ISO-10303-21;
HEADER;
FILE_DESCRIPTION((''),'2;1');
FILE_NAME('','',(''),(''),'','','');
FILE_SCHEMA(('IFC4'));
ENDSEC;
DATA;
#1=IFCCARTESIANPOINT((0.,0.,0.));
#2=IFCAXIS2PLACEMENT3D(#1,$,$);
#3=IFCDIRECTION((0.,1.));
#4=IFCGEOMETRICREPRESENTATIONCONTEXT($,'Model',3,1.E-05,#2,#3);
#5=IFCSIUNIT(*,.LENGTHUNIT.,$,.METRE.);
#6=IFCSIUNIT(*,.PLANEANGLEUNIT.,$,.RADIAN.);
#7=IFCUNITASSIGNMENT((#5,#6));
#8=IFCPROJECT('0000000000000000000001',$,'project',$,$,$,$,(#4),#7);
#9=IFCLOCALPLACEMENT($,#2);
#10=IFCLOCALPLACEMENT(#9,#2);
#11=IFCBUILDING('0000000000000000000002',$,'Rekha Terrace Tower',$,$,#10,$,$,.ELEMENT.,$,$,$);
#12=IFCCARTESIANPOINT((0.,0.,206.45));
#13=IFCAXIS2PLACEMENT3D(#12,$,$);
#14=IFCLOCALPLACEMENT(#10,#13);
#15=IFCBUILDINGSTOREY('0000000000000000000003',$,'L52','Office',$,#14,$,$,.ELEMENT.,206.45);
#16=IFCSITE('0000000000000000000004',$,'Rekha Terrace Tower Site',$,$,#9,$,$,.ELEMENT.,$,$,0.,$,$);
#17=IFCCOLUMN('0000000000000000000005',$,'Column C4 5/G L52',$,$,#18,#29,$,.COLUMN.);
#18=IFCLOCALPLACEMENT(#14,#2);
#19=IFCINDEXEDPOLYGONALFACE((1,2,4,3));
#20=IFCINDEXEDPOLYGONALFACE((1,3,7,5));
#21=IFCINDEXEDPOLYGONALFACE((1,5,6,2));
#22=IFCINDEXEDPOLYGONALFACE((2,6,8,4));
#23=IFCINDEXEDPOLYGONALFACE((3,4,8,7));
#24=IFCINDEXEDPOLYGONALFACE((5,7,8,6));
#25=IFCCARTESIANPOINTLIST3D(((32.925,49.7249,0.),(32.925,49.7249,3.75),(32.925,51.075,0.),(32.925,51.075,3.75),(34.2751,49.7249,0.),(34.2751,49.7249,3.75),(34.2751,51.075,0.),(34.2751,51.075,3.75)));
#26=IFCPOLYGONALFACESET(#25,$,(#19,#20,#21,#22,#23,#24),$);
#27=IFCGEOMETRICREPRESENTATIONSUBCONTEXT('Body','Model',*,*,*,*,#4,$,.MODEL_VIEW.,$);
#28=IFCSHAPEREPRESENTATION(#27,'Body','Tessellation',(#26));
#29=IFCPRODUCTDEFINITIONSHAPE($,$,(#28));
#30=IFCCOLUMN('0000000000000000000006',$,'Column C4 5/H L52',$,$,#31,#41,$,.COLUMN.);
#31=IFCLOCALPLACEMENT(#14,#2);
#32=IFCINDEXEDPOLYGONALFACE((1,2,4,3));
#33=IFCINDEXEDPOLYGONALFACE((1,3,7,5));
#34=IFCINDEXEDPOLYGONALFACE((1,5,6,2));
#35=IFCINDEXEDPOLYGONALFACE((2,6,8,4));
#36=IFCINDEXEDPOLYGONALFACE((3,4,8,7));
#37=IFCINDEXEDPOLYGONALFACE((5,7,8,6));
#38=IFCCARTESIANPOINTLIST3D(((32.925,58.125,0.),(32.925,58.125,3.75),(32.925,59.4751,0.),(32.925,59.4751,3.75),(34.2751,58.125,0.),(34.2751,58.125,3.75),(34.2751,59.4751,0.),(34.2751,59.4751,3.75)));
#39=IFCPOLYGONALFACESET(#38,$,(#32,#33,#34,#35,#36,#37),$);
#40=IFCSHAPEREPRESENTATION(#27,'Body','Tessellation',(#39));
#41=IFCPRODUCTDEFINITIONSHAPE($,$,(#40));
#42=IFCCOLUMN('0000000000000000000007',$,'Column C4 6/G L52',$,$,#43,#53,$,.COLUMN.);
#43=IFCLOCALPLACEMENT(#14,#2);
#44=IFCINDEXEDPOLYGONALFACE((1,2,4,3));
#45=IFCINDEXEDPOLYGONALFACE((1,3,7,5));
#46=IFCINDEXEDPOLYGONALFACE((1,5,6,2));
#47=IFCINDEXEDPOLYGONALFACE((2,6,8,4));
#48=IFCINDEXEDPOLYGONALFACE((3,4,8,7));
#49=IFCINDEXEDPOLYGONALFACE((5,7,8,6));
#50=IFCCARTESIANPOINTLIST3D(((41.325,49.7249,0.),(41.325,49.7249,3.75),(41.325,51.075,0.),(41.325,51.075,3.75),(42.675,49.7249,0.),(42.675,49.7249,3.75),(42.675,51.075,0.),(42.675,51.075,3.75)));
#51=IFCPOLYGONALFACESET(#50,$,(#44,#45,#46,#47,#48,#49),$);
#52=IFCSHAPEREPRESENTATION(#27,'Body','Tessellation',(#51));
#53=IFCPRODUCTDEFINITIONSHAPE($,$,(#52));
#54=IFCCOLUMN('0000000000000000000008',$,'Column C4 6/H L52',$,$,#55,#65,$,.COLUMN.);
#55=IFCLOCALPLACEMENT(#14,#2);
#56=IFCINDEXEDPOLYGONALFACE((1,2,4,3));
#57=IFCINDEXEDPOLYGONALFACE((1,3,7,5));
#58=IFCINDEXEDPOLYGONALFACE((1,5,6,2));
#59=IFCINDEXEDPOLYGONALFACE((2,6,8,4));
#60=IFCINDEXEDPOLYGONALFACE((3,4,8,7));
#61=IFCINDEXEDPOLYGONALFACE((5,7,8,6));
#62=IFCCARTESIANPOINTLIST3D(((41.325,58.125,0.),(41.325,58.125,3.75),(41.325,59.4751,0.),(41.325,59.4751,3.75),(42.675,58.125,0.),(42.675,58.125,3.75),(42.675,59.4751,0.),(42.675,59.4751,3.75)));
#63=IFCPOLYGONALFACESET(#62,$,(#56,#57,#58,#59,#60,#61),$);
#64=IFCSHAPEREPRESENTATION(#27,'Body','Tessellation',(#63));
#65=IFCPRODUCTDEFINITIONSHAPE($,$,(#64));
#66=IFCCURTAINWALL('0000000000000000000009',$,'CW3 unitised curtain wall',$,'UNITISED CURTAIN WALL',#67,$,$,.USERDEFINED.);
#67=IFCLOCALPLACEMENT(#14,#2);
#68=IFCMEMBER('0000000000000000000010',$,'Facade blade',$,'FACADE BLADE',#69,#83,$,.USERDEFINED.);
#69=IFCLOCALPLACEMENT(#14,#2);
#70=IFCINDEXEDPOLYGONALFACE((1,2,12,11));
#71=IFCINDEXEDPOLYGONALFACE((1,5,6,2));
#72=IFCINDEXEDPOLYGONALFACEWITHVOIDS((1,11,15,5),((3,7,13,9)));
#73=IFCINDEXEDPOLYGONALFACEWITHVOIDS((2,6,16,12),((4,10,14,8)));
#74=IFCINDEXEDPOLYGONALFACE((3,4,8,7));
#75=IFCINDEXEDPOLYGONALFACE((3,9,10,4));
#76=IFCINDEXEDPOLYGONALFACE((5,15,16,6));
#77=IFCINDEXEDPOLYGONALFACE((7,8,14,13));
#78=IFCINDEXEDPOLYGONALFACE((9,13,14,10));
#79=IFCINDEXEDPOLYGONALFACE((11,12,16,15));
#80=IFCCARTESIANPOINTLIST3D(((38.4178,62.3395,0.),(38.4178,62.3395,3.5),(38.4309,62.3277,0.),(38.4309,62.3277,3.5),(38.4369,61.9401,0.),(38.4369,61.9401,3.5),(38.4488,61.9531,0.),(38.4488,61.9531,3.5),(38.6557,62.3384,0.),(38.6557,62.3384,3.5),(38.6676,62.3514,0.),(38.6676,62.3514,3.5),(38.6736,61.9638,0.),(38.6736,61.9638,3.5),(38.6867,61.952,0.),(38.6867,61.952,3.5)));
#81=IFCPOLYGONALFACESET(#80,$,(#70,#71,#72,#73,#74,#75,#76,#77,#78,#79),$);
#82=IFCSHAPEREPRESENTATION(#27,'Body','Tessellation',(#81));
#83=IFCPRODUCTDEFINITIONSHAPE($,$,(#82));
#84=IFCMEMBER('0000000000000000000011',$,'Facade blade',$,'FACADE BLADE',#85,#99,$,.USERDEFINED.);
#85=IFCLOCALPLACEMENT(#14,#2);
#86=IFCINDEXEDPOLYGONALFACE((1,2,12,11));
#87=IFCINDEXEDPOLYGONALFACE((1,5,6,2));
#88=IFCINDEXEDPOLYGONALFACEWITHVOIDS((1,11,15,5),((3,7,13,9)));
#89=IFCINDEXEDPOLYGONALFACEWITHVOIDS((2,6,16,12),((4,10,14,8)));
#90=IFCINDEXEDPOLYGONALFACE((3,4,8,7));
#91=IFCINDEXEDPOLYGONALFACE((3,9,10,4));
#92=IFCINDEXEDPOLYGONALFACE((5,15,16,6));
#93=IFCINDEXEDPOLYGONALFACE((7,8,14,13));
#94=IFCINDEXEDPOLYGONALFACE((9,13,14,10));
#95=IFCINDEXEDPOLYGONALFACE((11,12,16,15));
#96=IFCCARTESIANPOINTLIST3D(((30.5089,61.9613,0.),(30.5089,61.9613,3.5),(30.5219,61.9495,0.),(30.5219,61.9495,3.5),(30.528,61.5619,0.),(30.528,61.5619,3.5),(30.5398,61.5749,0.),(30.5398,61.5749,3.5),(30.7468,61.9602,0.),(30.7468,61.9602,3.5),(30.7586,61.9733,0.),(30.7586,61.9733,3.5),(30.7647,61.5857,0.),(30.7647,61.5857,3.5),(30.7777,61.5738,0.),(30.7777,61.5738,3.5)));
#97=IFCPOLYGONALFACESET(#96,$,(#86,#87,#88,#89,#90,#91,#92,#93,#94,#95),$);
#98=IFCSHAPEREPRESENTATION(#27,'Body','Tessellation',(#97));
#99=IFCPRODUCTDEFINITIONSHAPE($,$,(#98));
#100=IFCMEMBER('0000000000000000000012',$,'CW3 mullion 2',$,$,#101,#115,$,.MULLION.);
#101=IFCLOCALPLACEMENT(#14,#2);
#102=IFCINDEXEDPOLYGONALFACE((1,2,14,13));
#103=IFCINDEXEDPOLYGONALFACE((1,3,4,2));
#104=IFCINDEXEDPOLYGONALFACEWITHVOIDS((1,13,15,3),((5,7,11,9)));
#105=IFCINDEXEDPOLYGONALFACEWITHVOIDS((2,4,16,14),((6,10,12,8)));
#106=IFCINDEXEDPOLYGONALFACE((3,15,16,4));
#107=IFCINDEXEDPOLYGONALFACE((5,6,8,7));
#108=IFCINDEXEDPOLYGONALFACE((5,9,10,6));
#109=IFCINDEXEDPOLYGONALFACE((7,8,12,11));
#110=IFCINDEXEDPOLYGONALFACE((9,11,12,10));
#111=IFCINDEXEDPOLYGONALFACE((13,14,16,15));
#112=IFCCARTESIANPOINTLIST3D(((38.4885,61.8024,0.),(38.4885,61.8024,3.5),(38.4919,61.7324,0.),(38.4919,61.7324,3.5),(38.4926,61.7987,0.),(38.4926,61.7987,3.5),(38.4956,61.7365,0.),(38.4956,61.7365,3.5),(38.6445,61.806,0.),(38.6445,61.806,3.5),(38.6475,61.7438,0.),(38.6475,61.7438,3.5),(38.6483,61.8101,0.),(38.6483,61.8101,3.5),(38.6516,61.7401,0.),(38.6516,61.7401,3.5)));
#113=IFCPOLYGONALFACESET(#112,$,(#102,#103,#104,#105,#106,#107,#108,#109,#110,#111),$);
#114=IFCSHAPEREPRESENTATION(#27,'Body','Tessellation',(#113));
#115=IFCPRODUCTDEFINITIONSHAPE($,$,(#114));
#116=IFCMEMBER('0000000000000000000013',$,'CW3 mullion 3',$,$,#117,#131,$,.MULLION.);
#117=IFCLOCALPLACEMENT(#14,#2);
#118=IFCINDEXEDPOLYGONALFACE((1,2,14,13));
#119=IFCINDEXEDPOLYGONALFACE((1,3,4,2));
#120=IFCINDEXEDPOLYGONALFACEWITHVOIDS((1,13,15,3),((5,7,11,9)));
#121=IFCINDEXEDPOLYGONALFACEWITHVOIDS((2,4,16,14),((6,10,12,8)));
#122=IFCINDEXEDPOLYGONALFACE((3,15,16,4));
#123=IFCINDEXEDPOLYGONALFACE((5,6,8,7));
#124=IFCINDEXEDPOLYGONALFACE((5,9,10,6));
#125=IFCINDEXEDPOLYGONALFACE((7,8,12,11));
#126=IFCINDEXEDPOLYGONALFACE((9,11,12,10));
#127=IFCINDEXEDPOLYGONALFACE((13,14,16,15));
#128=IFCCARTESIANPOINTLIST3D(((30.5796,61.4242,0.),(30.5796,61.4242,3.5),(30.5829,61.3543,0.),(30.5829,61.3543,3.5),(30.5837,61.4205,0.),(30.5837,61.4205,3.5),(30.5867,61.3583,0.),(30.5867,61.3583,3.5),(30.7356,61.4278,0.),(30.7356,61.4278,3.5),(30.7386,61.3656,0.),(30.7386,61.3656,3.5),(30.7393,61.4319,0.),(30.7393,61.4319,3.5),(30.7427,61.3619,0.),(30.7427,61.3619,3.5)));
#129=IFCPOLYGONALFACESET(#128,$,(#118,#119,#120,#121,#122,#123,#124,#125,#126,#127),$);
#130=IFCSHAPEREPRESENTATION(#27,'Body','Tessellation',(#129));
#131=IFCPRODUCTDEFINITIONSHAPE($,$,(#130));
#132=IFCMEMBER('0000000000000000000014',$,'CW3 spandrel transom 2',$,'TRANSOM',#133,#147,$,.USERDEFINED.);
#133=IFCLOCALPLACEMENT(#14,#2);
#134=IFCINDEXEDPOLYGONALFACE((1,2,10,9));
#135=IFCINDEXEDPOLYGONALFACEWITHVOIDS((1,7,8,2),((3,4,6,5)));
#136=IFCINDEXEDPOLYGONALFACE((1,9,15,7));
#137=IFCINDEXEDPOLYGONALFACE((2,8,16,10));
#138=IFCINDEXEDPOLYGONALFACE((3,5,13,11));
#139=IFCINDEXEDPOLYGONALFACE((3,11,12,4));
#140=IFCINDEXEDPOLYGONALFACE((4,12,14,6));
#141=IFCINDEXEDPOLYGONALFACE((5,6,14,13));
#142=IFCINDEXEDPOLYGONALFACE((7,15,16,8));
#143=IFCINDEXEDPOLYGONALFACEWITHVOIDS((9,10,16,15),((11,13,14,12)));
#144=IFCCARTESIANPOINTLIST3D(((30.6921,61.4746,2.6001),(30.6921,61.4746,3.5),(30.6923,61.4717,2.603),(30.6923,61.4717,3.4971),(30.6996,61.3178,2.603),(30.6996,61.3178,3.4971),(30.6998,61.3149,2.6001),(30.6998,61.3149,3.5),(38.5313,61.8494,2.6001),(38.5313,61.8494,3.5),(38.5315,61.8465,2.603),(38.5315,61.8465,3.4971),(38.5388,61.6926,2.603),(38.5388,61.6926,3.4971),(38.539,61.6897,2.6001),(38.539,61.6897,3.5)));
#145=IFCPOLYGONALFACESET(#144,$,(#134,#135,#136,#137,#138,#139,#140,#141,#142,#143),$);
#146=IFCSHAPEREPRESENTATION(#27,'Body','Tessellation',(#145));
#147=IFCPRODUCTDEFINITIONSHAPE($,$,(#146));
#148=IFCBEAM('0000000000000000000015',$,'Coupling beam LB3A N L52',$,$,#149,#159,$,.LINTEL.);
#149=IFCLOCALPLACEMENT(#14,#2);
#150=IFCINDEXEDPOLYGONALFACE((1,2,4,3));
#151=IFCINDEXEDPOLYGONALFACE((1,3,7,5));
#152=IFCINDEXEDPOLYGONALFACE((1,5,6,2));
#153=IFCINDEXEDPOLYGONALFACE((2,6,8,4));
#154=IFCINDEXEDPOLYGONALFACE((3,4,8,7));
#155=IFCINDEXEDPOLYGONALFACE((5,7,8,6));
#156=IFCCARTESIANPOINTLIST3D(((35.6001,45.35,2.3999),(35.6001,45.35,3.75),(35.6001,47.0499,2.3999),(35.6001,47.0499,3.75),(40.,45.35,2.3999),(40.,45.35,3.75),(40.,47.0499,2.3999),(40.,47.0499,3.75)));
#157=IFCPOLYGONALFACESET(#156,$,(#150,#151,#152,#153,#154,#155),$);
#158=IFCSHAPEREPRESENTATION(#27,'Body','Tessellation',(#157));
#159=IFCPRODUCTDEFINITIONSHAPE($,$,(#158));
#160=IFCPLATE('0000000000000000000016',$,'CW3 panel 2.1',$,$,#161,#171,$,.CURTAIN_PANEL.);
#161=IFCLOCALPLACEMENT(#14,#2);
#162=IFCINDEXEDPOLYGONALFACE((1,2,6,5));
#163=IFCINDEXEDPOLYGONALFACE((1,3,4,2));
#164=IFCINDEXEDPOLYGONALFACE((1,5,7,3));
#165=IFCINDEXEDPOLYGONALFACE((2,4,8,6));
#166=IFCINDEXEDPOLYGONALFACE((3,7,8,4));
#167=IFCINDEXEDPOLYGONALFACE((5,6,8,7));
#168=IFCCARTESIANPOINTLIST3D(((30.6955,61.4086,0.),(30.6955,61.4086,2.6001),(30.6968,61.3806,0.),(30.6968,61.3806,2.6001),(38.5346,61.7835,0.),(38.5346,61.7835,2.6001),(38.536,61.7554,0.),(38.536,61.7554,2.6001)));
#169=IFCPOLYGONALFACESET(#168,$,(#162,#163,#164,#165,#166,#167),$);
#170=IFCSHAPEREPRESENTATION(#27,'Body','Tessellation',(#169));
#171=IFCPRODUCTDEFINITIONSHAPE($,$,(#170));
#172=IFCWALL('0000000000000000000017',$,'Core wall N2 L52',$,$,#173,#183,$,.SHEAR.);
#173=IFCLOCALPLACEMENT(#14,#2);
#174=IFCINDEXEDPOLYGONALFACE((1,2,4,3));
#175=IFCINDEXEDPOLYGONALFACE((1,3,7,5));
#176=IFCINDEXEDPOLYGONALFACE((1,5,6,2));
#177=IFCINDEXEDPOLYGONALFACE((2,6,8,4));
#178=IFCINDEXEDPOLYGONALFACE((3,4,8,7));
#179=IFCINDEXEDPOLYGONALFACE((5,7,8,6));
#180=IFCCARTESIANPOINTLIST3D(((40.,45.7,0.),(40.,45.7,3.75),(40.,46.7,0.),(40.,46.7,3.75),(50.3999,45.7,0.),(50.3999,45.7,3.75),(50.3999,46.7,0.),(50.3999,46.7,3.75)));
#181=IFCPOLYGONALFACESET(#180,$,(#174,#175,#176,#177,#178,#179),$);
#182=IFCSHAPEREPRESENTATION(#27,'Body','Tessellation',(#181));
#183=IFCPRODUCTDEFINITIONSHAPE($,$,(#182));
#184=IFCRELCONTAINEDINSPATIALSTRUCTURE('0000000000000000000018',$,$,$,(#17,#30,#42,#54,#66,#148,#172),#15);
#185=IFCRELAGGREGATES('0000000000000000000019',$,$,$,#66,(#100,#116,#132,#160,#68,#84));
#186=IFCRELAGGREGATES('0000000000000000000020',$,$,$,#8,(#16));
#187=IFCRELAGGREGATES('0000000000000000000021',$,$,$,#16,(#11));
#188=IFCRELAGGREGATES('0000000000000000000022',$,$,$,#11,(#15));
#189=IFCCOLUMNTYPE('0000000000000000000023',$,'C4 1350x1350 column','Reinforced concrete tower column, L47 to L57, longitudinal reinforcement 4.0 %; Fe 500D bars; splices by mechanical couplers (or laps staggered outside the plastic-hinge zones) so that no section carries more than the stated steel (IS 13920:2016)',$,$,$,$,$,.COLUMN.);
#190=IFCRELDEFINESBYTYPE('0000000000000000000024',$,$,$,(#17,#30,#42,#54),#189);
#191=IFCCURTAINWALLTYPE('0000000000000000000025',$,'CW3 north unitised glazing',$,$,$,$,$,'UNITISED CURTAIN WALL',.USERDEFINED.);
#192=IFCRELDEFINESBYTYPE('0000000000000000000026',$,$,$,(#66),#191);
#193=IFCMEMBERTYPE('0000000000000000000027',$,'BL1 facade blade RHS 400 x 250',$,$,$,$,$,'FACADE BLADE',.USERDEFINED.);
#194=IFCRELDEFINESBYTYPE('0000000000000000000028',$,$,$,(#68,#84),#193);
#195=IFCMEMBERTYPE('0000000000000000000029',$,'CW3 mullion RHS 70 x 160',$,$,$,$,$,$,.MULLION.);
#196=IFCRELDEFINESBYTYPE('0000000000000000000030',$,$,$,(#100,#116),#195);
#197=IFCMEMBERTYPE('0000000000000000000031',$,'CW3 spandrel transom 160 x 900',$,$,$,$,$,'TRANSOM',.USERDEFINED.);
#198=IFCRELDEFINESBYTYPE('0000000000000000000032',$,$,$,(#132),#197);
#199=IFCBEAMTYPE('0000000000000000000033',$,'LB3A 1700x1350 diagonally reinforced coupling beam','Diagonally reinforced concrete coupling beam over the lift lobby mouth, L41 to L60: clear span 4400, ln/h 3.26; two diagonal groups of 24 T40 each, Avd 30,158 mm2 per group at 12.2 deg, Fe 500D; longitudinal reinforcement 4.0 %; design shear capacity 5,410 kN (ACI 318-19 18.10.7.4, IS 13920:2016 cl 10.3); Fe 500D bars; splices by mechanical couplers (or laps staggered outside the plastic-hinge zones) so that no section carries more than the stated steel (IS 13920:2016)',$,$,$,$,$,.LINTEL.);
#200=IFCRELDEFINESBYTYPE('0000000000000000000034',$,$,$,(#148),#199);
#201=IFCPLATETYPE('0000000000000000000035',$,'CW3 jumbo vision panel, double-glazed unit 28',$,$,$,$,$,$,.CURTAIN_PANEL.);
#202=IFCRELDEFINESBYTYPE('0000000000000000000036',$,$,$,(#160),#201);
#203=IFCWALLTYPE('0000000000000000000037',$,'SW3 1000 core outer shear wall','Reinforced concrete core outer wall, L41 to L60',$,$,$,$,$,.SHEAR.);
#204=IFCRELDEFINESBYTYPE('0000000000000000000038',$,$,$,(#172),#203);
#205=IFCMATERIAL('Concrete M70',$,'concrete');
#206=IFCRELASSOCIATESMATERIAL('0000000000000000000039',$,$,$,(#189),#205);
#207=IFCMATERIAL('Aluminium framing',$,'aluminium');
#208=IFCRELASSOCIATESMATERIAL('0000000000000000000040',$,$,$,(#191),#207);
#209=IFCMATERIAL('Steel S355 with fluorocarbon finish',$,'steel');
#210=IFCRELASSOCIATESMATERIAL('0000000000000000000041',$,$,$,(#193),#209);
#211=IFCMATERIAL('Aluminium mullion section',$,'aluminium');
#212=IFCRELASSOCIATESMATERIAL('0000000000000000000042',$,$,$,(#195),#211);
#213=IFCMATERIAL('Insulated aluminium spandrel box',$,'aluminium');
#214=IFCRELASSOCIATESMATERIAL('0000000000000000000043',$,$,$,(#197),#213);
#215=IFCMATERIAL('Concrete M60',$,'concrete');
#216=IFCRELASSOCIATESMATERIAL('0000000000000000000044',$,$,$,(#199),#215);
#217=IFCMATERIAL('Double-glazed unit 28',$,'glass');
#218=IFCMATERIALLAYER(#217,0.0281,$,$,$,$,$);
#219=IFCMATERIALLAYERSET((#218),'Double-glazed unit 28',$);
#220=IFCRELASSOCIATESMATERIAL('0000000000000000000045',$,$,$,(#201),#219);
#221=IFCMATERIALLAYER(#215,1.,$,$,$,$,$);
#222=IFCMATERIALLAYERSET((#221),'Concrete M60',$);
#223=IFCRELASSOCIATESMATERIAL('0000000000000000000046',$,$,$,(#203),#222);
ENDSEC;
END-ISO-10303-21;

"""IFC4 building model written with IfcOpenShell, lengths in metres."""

from ifc_helpers import new_model, si_unit, direction, frame, frame_2d, origin, origin_2d, place, context, subcontext, project, spatial, rectangle, hollow_rectangle, extrude, material, layer, layer_set, material_profile, profile_set, type_object, element, aggregate, save


model = new_model("IFC4")

# Units and contexts
model_context = context("Model", 3, precision=1e-05, world=origin(), true_north=direction((0.0, 1.0)))
body_context = subcontext(model_context, "Body", "Model", "MODEL_VIEW")
ifc_project = project(units=[si_unit("LENGTHUNIT", "METRE"), si_unit("PLANEANGLEUNIT", "RADIAN")], contexts=[model_context])

# Site, building, storey
site_placement = place(None, origin())
site = spatial("IfcSite", under=ifc_project, at=site_placement, Name="Rekha Terrace Tower Site", CompositionType="ELEMENT", RefElevation=0.0)
building_placement = place(site_placement, origin())
building = spatial("IfcBuilding", under=site, at=building_placement, Name="Rekha Terrace Tower", CompositionType="ELEMENT")
storey_placement = place(building_placement, frame((0.0, 0.0, 206.45)))
storey = spatial("IfcBuildingStorey", under=building, at=storey_placement, Name="L52", Description="Office", CompositionType="ELEMENT", Elevation=206.45)

# Columns
ifc_material_1 = material(Name="Concrete M70", Category="concrete")
ifc_material_profile_1 = material_profile(ifc_material_1, rectangle(XDim=1.3501, YDim=1.3501, at=origin_2d()), Name="RC 1350x1350")
ifc_profile_set_1 = profile_set([ifc_material_profile_1], Name="Concrete M70")
column_type = type_object("IfcColumnType", Name="C4 1350x1350 column", Description="Reinforced concrete tower column, L47 to L57, longitudinal reinforcement 4.0 %; Fe 500D bars; splices by mechanical couplers (or laps staggered outside the plastic-hinge zones) so that no section carries more than the stated steel (IS 13920:2016)", PredefinedType="COLUMN", material=ifc_profile_set_1)
for number, where, z_axis, x_axis, name in (
    (1, (33.6001, 50.3999, 0.0), (0.0, 0.0, 1.0), (1.0, 0.0, 0.0), "Column C4 5/G L52"),
    (2, (33.6001, 58.8, 0.0), (0.0, 0.0, 1.0), (1.0, 0.0, 0.0), "Column C4 5/H L52"),
    (3, (42.0, 50.3999, 0.0), (0.0, 0.0, 1.0), (1.0, 0.0, 0.0), "Column C4 6/G L52"),
    (4, (42.0, 58.8, 0.0), (0.0, 0.0, 1.0), (1.0, 0.0, 0.0), "Column C4 6/H L52"),
):
    element("IfcColumn", number, at=place(storey_placement, frame(where, z_axis=z_axis, x_axis=x_axis)), inside=storey, type_object=column_type, Name=name, PredefinedType="COLUMN", context=body_context, shape_type="SweptSolid", body=[
        extrude(rectangle(XDim=1.3501, YDim=1.3501, at=origin_2d()), origin(), (0.0, 0.0, 1.0), 3.75),
    ])

# Curtain wall, members
ifc_material_2 = material(Name="Aluminium framing", Category="aluminium")
curtain_wall_type = type_object("IfcCurtainWallType", Name="CW3 north unitised glazing", ElementType="UNITISED CURTAIN WALL", PredefinedType="USERDEFINED", material=ifc_material_2)
curtain_wall_placement = place(storey_placement, origin())
curtain_wall = element("IfcCurtainWall", 5, at=curtain_wall_placement, inside=storey, type_object=curtain_wall_type, Name="CW3 unitised curtain wall", ObjectType="UNITISED CURTAIN WALL", PredefinedType="USERDEFINED")
ifc_material_3 = material(Name="Steel S355 with fluorocarbon finish", Category="steel")
ifc_material_profile_2 = material_profile(ifc_material_3, hollow_rectangle(XDim=0.25, YDim=0.3999, WallThickness=0.0125, at=origin_2d()), Name="RHS400x250x12.5")
ifc_profile_set_2 = profile_set([ifc_material_profile_2], Name="Steel S355 with fluorocarbon finish")
member_type_1 = type_object("IfcMemberType", Name="BL1 facade blade RHS 400 x 250", ElementType="FACADE BLADE", PredefinedType="USERDEFINED", material=ifc_profile_set_2)
member_1_placement = place(storey_placement, frame((38.5522, 62.1458, 0.0), z_axis=(0.0, 0.0, 1.0), x_axis=(-0.998859, -0.047758, 0.0)))
member_1 = element("IfcMember", 6, at=member_1_placement, type_object=member_type_1, Name="Facade blade", ObjectType="FACADE BLADE", PredefinedType="USERDEFINED", context=body_context, shape_type="SweptSolid", body=[
    extrude(hollow_rectangle(XDim=0.25, YDim=0.3999, WallThickness=0.0125, at=origin_2d()), origin(), (0.0, 0.0, 1.0), 3.5),
])
member_2_placement = place(storey_placement, frame((30.6433, 61.7676, 0.0), z_axis=(0.0, 0.0, 1.0), x_axis=(-0.998859, -0.047758, 0.0)))
member_2 = element("IfcMember", 7, at=member_2_placement, type_object=member_type_1, Name="Facade blade", ObjectType="FACADE BLADE", PredefinedType="USERDEFINED", context=body_context, shape_type="SweptSolid", body=[
    extrude(hollow_rectangle(XDim=0.25, YDim=0.3999, WallThickness=0.0125, at=origin_2d()), origin(), (0.0, 0.0, 1.0), 3.5),
])
ifc_material_4 = material(Name="Aluminium mullion section", Category="aluminium")
ifc_material_profile_3 = material_profile(ifc_material_4, hollow_rectangle(XDim=0.0701, YDim=0.1599, WallThickness=0.0039, at=origin_2d()), Name="AL RHS 70x160")
ifc_profile_set_3 = profile_set([ifc_material_profile_3], Name="Aluminium mullion section")
member_type_2 = type_object("IfcMemberType", Name="CW3 mullion RHS 70 x 160", PredefinedType="MULLION", material=ifc_profile_set_3)
member_3_placement = place(storey_placement, frame((38.5701, 61.7712, 0.0), z_axis=(0.0, 0.0, 1.0), x_axis=(0.047759, -0.998859, 0.0)))
member_3 = element("IfcMember", 8, at=member_3_placement, type_object=member_type_2, Name="CW3 mullion 2", PredefinedType="MULLION", context=body_context, shape_type="SweptSolid", body=[
    extrude(hollow_rectangle(XDim=0.0701, YDim=0.1599, WallThickness=0.0039, at=origin_2d()), origin(), (0.0, 0.0, 1.0), 3.5),
])
member_4_placement = place(storey_placement, frame((30.6611, 61.3931, 0.0), z_axis=(0.0, 0.0, 1.0), x_axis=(0.047759, -0.998859, 0.0)))
member_4 = element("IfcMember", 9, at=member_4_placement, type_object=member_type_2, Name="CW3 mullion 3", PredefinedType="MULLION", context=body_context, shape_type="SweptSolid", body=[
    extrude(hollow_rectangle(XDim=0.0701, YDim=0.1599, WallThickness=0.0039, at=origin_2d()), origin(), (0.0, 0.0, 1.0), 3.5),
])
ifc_material_5 = material(Name="Insulated aluminium spandrel box", Category="aluminium")
ifc_material_profile_4 = material_profile(ifc_material_5, hollow_rectangle(XDim=0.1599, YDim=0.8999, WallThickness=0.0029, at=origin_2d()), Name="AL SPANDREL BOX 160x900")
ifc_profile_set_4 = profile_set([ifc_material_profile_4], Name="Insulated aluminium spandrel box")
member_type_3 = type_object("IfcMemberType", Name="CW3 spandrel transom 160 x 900", ElementType="TRANSOM", PredefinedType="USERDEFINED", material=ifc_profile_set_4)
member_5_placement = place(storey_placement, frame((38.5352, 61.7695, 3.05), z_axis=(-0.998859, -0.047751, 0.0), x_axis=(0.047751, -0.998859, 0.0)))
member_5 = element("IfcMember", 10, at=member_5_placement, type_object=member_type_3, Name="CW3 spandrel transom 2", ObjectType="TRANSOM", PredefinedType="USERDEFINED", context=body_context, shape_type="SweptSolid", body=[
    extrude(hollow_rectangle(XDim=0.1599, YDim=0.8999, WallThickness=0.0029, at=origin_2d()), origin(), (0.0, 0.0, 1.0), 7.8481),
])

# Beam
ifc_material_6 = material(Name="Concrete M60", Category="concrete")
ifc_material_profile_5 = material_profile(ifc_material_6, rectangle(XDim=1.7, YDim=1.3501, at=origin_2d()), Name="RC 1700x1350")
ifc_profile_set_5 = profile_set([ifc_material_profile_5], Name="Concrete M60")
beam_type = type_object("IfcBeamType", Name="LB3A 1700x1350 diagonally reinforced coupling beam", Description="Diagonally reinforced concrete coupling beam over the lift lobby mouth, L41 to L60: clear span 4400, ln/h 3.26; two diagonal groups of 24 T40 each, Avd 30,158 mm2 per group at 12.2 deg, Fe 500D; longitudinal reinforcement 4.0 %; design shear capacity 5,410 kN (ACI 318-19 18.10.7.4, IS 13920:2016 cl 10.3); Fe 500D bars; splices by mechanical couplers (or laps staggered outside the plastic-hinge zones) so that no section carries more than the stated steel (IS 13920:2016)", PredefinedType="LINTEL", material=ifc_profile_set_5)
beam_placement = place(storey_placement, frame((35.6001, 46.2, 3.075), z_axis=(1.0, 0.0, 0.0), x_axis=(0.0, 1.0, 0.0)))
element("IfcBeam", 11, at=beam_placement, inside=storey, type_object=beam_type, Name="Coupling beam LB3A N L52", PredefinedType="LINTEL", context=body_context, shape_type="SweptSolid", body=[
    extrude(rectangle(XDim=1.7, YDim=1.3501, at=origin_2d()), origin(), (0.0, 0.0, 1.0), 4.3999),
])

# Plate
ifc_material_7 = material(Name="Double-glazed unit 28", Category="glass")
ifc_layer_1 = layer(ifc_material_7, 0.0281)
ifc_layer_set_1 = layer_set([ifc_layer_1], Name="Double-glazed unit 28")
plate_type = type_object("IfcPlateType", Name="CW3 jumbo vision panel, double-glazed unit 28", PredefinedType="CURTAIN_PANEL", material=ifc_layer_set_1)
plate_placement = place(storey_placement, frame((34.6157, 61.582, 0.0), z_axis=(0.0, 0.0, 1.0), x_axis=(-0.998859, -0.047759, 0.0)))
plate = element("IfcPlate", 12, at=plate_placement, type_object=plate_type, Name="CW3 panel 2.1", PredefinedType="CURTAIN_PANEL", context=body_context, shape_type="SweptSolid", body=[
    extrude(rectangle(XDim=7.8481, YDim=0.0281, at=origin_2d()), origin(), (0.0, 0.0, 1.0), 2.6001),
])
aggregate(curtain_wall, [member_3, member_4, member_5, plate, member_1, member_2])

# Wall
ifc_layer_2 = layer(ifc_material_6, 1.0)
ifc_layer_set_2 = layer_set([ifc_layer_2], Name="Concrete M60")
wall_type_1 = type_object("IfcWallType", Name="SW3 1000 core outer shear wall", Description="Reinforced concrete core outer wall, L41 to L60", PredefinedType="SHEAR", material=ifc_layer_set_2)
wall_1_placement = place(storey_placement, frame((40.0, 46.2, 0.0), z_axis=(0.0, 0.0, 1.0), x_axis=(1.0, 0.0, 0.0)))
element("IfcWall", 13, at=wall_1_placement, inside=storey, type_object=wall_type_1, Name="Core wall N2 L52", PredefinedType="SHEAR", context=body_context, shape_type="SweptSolid", body=[
    extrude(rectangle(XDim=10.3999, YDim=1.0, at=frame_2d((5.2, 0.0))), origin(), (0.0, 0.0, 1.0), 3.75),
])

save(model, "model.ifc")
